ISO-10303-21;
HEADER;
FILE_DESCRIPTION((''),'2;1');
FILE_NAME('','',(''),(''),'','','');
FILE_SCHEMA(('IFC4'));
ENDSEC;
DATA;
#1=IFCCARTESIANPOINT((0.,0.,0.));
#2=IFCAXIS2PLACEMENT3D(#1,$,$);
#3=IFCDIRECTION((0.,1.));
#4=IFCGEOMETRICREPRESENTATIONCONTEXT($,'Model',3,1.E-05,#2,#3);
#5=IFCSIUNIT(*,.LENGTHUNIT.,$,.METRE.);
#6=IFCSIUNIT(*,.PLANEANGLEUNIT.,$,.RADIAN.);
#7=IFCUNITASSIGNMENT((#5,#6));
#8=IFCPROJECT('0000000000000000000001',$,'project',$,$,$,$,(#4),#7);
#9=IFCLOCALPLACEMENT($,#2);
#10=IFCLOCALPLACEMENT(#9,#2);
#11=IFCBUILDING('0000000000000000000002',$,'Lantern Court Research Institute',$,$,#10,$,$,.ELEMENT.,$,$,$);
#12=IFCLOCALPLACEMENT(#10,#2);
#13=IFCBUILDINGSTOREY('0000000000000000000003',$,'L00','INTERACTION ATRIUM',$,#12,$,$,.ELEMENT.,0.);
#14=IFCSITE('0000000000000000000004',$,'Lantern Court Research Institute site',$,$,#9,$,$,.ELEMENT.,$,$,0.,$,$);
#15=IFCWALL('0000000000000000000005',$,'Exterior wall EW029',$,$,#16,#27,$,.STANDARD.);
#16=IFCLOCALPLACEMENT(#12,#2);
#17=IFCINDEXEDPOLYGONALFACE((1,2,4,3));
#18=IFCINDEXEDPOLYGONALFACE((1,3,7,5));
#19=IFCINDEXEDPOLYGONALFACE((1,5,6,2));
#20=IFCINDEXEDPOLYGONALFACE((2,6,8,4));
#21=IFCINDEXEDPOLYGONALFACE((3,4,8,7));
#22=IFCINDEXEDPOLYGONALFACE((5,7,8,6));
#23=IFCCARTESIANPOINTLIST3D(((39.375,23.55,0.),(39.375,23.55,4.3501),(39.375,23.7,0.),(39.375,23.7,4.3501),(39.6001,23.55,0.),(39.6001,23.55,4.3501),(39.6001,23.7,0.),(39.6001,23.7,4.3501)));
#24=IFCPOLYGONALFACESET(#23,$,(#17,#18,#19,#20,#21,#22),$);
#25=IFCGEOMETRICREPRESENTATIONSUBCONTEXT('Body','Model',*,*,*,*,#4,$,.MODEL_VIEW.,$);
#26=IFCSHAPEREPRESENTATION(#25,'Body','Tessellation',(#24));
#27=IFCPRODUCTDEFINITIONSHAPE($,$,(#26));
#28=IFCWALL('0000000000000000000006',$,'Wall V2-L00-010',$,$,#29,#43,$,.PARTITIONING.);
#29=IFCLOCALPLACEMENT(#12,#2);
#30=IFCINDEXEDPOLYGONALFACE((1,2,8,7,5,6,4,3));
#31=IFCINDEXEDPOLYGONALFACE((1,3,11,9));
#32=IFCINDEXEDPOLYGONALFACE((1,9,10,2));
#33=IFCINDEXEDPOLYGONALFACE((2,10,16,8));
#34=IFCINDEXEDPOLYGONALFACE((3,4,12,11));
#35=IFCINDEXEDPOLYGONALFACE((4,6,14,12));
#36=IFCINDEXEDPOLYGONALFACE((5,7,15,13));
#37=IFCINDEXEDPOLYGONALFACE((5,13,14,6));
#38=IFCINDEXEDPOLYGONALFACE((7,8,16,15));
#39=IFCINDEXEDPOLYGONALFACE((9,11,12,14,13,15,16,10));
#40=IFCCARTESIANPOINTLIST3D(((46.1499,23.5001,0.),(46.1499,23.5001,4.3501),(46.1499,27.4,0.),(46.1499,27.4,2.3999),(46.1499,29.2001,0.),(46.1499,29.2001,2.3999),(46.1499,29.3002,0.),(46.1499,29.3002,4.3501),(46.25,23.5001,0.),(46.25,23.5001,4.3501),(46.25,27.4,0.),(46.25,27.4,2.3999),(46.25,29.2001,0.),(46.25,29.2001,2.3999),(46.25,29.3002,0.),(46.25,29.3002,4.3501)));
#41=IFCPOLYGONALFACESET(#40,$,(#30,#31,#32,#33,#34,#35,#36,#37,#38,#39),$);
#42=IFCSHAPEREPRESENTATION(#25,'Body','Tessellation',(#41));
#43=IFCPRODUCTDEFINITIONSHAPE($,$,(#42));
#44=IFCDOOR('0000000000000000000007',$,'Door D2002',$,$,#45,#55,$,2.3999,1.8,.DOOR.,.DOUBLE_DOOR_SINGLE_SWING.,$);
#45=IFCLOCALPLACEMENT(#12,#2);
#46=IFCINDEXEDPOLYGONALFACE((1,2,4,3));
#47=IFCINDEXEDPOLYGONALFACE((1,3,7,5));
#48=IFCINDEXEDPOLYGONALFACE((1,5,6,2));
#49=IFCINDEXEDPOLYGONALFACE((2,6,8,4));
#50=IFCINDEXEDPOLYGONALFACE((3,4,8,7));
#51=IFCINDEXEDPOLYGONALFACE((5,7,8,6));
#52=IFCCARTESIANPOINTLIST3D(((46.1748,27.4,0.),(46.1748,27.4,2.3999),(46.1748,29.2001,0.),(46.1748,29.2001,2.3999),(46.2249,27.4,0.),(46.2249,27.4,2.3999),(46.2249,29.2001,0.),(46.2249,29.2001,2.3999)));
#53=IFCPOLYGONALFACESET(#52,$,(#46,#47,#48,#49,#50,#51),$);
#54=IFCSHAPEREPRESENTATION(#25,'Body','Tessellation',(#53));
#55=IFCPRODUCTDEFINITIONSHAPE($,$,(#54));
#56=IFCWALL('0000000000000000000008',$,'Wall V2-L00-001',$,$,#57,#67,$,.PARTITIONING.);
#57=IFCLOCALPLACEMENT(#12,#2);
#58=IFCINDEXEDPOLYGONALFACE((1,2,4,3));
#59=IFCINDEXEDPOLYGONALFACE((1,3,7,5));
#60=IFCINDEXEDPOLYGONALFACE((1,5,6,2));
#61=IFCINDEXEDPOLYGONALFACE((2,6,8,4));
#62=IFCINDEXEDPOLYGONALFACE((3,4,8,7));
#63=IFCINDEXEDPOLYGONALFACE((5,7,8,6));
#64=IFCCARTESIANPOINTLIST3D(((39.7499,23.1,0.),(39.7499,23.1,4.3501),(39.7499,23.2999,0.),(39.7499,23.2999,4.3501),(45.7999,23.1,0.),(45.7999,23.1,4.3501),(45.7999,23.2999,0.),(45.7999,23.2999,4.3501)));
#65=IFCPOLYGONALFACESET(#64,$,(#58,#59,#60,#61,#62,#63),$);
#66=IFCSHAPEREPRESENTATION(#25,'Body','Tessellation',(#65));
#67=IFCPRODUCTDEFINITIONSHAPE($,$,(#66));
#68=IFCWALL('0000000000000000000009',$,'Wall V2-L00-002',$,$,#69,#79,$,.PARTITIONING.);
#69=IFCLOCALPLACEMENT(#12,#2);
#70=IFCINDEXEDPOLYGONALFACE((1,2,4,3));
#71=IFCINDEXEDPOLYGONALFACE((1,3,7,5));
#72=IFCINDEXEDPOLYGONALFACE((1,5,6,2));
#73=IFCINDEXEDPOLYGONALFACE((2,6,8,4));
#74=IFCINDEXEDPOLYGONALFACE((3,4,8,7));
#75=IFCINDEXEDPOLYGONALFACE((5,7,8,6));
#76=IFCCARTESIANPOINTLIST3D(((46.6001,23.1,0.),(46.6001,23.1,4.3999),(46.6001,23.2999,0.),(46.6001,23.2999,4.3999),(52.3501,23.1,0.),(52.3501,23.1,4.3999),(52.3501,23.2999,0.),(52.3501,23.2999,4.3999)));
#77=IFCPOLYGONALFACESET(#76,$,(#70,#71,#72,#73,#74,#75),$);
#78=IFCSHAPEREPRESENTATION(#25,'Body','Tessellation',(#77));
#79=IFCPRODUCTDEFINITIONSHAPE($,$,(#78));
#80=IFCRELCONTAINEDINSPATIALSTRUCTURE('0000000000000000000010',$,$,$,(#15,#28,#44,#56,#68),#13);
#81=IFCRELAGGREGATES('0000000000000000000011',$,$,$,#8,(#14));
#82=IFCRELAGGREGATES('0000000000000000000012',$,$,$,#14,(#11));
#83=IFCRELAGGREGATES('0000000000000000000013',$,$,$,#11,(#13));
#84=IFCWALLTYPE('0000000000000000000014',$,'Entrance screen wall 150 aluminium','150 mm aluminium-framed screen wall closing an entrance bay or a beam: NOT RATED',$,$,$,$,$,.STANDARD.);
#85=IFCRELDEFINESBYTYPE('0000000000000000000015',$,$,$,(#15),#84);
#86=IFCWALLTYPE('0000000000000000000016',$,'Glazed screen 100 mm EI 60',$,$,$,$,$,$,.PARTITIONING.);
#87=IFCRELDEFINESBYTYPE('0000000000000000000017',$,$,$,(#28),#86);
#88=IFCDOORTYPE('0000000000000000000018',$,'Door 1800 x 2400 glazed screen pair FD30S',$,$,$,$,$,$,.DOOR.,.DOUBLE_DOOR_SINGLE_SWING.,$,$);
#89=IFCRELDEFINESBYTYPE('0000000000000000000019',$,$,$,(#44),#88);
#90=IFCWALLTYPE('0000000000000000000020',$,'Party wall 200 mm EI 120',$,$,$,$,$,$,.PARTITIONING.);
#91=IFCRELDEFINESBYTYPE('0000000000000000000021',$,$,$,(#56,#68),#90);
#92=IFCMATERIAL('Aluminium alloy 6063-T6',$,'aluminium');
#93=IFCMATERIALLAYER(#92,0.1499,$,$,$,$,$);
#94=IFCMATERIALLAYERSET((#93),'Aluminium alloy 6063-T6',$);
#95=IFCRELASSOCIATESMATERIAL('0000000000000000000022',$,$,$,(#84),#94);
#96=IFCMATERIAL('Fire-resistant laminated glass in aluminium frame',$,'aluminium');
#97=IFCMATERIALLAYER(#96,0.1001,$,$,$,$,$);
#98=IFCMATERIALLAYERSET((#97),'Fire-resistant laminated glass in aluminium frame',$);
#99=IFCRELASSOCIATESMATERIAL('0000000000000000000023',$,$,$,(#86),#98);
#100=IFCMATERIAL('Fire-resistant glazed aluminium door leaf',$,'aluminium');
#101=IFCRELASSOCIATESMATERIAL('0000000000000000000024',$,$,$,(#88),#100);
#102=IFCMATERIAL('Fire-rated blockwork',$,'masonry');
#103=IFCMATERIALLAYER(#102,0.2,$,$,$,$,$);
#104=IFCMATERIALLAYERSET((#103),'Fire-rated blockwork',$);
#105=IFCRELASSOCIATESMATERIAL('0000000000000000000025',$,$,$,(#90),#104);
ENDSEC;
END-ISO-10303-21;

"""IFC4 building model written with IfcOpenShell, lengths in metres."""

from ifc_helpers import new_model, si_unit, direction, frame, frame_2d, origin, place, context, subcontext, project, spatial, rectangle, extrude, material, layer, layer_set, type_object, element, fill, save


model = new_model("IFC4")

# Units and contexts
model_context = context("Model", 3, precision=1e-05, world=origin(), true_north=direction((0.0, 1.0)))
body_context = subcontext(model_context, "Body", "Model", "MODEL_VIEW")
ifc_project = project(units=[si_unit("LENGTHUNIT", "METRE"), si_unit("PLANEANGLEUNIT", "RADIAN")], contexts=[model_context])

# Site, building, storey
site_placement = place(None, origin())
site = spatial("IfcSite", under=ifc_project, at=site_placement, Name="Lantern Court Research Institute site", CompositionType="ELEMENT", RefElevation=0.0)
building_placement = place(site_placement, origin())
building = spatial("IfcBuilding", under=site, at=building_placement, Name="Lantern Court Research Institute", CompositionType="ELEMENT")
storey_placement = place(building_placement, origin())
storey = spatial("IfcBuildingStorey", under=building, at=storey_placement, Name="L00", Description="INTERACTION ATRIUM", CompositionType="ELEMENT", Elevation=0.0)

# Wall
ifc_material_1 = material(Name="Aluminium alloy 6063-T6", Category="aluminium")
ifc_layer_1 = layer(ifc_material_1, 0.1499)
ifc_layer_set_1 = layer_set([ifc_layer_1], Name="Aluminium alloy 6063-T6")
wall_type_1 = type_object("IfcWallType", Name="Entrance screen wall 150 aluminium", Description="150 mm aluminium-framed screen wall closing an entrance bay or a beam: NOT RATED", PredefinedType="STANDARD", material=ifc_layer_set_1)
wall_1_placement = place(storey_placement, frame((39.375, 23.625, 0.0), z_axis=(0.0, 0.0, 1.0), x_axis=(1.0, 0.0, 0.0)))
element("IfcWall", 1, at=wall_1_placement, inside=storey, type_object=wall_type_1, Name="Exterior wall EW029", PredefinedType="STANDARD", context=body_context, shape_type="SweptSolid", body=[
    extrude(rectangle(XDim=0.2251, YDim=0.1499, at=frame_2d((0.1125, 0.0))), origin(), (0.0, 0.0, 1.0), 4.3501),
])

# Wall, opening, door
ifc_material_2 = material(Name="Fire-resistant laminated glass in aluminium frame", Category="aluminium")
ifc_layer_2 = layer(ifc_material_2, 0.1001)
ifc_layer_set_2 = layer_set([ifc_layer_2], Name="Fire-resistant laminated glass in aluminium frame")
wall_type_2 = type_object("IfcWallType", Name="Glazed screen 100 mm EI 60", PredefinedType="PARTITIONING", material=ifc_layer_set_2)
wall_2_placement = place(storey_placement, frame((46.2, 29.3, 0.0), z_axis=(0.0, 0.0, 1.0), x_axis=(0.0, -1.0, 0.0)))
wall_2 = element("IfcWall", 2, at=wall_2_placement, inside=storey, type_object=wall_type_2, Name="Wall V2-L00-010", PredefinedType="PARTITIONING", context=body_context, shape_type="SweptSolid", body=[
    extrude(rectangle(XDim=5.8, YDim=0.1001, at=frame_2d((2.8999, 0.0))), origin(), (0.0, 0.0, 1.0), 4.3501),
])
opening_placement = place(wall_2_placement, frame((0.1001, 0.0, 0.0)))
opening = element("IfcOpeningElement", 3, at=opening_placement, cuts=wall_2, PredefinedType="OPENING", context=body_context, shape_type="SweptSolid", body=[
    extrude(rectangle(XDim=1.8, YDim=2.3999, at=frame_2d((0.8999, 1.2))), frame((0.0, 0.0601, 0.0), z_axis=(0.0, -1.0, 0.0), x_axis=(1.0, 0.0, 0.0)), (0.0, 0.0, 1.0), 0.1201),
])
ifc_material_3 = material(Name="Fire-resistant glazed aluminium door leaf", Category="aluminium")
door_type = type_object("IfcDoorType", Name="Door 1800 x 2400 glazed screen pair FD30S", OperationType="DOUBLE_DOOR_SINGLE_SWING", PredefinedType="DOOR", material=ifc_material_3)
door_placement = place(opening_placement, origin())
door = element("IfcDoor", 4, at=door_placement, inside=storey, type_object=door_type, Name="Door D2002", OperationType="DOUBLE_DOOR_SINGLE_SWING", OverallHeight=2.3999, OverallWidth=1.8, PredefinedType="DOOR", context=body_context, shape_type="SweptSolid", body=[
    extrude(rectangle(XDim=1.8, YDim=2.3999, at=frame_2d((0.8999, 1.2))), frame((0.0, 0.0249, 0.0), z_axis=(0.0, -1.0, 0.0), x_axis=(1.0, 0.0, 0.0)), (0.0, 0.0, 1.0), 0.05),
])
fill(opening, door)

# Walls
ifc_material_4 = material(Name="Fire-rated blockwork", Category="masonry")
ifc_layer_3 = layer(ifc_material_4, 0.2)
ifc_layer_set_3 = layer_set([ifc_layer_3], Name="Fire-rated blockwork")
wall_type_3 = type_object("IfcWallType", Name="Party wall 200 mm EI 120", PredefinedType="PARTITIONING", material=ifc_layer_set_3)
wall_3_placement = place(storey_placement, frame((39.75, 23.2, 0.0), z_axis=(0.0, 0.0, 1.0), x_axis=(1.0, 0.0, 0.0)))
element("IfcWall", 5, at=wall_3_placement, inside=storey, type_object=wall_type_3, Name="Wall V2-L00-001", PredefinedType="PARTITIONING", context=body_context, shape_type="SweptSolid", body=[
    extrude(rectangle(XDim=6.05, YDim=0.2, at=frame_2d((3.0249, 0.0))), origin(), (0.0, 0.0, 1.0), 4.3501),
])
wall_4_placement = place(storey_placement, frame((46.6001, 23.2, 0.0), z_axis=(0.0, 0.0, 1.0), x_axis=(1.0, 0.0, 0.0)))
element("IfcWall", 6, at=wall_4_placement, inside=storey, type_object=wall_type_3, Name="Wall V2-L00-002", PredefinedType="PARTITIONING", context=body_context, shape_type="SweptSolid", body=[
    extrude(rectangle(XDim=5.75, YDim=0.2, at=frame_2d((2.875, 0.0))), origin(), (0.0, 0.0, 1.0), 4.3999),
])

save(model, "model.ifc")
